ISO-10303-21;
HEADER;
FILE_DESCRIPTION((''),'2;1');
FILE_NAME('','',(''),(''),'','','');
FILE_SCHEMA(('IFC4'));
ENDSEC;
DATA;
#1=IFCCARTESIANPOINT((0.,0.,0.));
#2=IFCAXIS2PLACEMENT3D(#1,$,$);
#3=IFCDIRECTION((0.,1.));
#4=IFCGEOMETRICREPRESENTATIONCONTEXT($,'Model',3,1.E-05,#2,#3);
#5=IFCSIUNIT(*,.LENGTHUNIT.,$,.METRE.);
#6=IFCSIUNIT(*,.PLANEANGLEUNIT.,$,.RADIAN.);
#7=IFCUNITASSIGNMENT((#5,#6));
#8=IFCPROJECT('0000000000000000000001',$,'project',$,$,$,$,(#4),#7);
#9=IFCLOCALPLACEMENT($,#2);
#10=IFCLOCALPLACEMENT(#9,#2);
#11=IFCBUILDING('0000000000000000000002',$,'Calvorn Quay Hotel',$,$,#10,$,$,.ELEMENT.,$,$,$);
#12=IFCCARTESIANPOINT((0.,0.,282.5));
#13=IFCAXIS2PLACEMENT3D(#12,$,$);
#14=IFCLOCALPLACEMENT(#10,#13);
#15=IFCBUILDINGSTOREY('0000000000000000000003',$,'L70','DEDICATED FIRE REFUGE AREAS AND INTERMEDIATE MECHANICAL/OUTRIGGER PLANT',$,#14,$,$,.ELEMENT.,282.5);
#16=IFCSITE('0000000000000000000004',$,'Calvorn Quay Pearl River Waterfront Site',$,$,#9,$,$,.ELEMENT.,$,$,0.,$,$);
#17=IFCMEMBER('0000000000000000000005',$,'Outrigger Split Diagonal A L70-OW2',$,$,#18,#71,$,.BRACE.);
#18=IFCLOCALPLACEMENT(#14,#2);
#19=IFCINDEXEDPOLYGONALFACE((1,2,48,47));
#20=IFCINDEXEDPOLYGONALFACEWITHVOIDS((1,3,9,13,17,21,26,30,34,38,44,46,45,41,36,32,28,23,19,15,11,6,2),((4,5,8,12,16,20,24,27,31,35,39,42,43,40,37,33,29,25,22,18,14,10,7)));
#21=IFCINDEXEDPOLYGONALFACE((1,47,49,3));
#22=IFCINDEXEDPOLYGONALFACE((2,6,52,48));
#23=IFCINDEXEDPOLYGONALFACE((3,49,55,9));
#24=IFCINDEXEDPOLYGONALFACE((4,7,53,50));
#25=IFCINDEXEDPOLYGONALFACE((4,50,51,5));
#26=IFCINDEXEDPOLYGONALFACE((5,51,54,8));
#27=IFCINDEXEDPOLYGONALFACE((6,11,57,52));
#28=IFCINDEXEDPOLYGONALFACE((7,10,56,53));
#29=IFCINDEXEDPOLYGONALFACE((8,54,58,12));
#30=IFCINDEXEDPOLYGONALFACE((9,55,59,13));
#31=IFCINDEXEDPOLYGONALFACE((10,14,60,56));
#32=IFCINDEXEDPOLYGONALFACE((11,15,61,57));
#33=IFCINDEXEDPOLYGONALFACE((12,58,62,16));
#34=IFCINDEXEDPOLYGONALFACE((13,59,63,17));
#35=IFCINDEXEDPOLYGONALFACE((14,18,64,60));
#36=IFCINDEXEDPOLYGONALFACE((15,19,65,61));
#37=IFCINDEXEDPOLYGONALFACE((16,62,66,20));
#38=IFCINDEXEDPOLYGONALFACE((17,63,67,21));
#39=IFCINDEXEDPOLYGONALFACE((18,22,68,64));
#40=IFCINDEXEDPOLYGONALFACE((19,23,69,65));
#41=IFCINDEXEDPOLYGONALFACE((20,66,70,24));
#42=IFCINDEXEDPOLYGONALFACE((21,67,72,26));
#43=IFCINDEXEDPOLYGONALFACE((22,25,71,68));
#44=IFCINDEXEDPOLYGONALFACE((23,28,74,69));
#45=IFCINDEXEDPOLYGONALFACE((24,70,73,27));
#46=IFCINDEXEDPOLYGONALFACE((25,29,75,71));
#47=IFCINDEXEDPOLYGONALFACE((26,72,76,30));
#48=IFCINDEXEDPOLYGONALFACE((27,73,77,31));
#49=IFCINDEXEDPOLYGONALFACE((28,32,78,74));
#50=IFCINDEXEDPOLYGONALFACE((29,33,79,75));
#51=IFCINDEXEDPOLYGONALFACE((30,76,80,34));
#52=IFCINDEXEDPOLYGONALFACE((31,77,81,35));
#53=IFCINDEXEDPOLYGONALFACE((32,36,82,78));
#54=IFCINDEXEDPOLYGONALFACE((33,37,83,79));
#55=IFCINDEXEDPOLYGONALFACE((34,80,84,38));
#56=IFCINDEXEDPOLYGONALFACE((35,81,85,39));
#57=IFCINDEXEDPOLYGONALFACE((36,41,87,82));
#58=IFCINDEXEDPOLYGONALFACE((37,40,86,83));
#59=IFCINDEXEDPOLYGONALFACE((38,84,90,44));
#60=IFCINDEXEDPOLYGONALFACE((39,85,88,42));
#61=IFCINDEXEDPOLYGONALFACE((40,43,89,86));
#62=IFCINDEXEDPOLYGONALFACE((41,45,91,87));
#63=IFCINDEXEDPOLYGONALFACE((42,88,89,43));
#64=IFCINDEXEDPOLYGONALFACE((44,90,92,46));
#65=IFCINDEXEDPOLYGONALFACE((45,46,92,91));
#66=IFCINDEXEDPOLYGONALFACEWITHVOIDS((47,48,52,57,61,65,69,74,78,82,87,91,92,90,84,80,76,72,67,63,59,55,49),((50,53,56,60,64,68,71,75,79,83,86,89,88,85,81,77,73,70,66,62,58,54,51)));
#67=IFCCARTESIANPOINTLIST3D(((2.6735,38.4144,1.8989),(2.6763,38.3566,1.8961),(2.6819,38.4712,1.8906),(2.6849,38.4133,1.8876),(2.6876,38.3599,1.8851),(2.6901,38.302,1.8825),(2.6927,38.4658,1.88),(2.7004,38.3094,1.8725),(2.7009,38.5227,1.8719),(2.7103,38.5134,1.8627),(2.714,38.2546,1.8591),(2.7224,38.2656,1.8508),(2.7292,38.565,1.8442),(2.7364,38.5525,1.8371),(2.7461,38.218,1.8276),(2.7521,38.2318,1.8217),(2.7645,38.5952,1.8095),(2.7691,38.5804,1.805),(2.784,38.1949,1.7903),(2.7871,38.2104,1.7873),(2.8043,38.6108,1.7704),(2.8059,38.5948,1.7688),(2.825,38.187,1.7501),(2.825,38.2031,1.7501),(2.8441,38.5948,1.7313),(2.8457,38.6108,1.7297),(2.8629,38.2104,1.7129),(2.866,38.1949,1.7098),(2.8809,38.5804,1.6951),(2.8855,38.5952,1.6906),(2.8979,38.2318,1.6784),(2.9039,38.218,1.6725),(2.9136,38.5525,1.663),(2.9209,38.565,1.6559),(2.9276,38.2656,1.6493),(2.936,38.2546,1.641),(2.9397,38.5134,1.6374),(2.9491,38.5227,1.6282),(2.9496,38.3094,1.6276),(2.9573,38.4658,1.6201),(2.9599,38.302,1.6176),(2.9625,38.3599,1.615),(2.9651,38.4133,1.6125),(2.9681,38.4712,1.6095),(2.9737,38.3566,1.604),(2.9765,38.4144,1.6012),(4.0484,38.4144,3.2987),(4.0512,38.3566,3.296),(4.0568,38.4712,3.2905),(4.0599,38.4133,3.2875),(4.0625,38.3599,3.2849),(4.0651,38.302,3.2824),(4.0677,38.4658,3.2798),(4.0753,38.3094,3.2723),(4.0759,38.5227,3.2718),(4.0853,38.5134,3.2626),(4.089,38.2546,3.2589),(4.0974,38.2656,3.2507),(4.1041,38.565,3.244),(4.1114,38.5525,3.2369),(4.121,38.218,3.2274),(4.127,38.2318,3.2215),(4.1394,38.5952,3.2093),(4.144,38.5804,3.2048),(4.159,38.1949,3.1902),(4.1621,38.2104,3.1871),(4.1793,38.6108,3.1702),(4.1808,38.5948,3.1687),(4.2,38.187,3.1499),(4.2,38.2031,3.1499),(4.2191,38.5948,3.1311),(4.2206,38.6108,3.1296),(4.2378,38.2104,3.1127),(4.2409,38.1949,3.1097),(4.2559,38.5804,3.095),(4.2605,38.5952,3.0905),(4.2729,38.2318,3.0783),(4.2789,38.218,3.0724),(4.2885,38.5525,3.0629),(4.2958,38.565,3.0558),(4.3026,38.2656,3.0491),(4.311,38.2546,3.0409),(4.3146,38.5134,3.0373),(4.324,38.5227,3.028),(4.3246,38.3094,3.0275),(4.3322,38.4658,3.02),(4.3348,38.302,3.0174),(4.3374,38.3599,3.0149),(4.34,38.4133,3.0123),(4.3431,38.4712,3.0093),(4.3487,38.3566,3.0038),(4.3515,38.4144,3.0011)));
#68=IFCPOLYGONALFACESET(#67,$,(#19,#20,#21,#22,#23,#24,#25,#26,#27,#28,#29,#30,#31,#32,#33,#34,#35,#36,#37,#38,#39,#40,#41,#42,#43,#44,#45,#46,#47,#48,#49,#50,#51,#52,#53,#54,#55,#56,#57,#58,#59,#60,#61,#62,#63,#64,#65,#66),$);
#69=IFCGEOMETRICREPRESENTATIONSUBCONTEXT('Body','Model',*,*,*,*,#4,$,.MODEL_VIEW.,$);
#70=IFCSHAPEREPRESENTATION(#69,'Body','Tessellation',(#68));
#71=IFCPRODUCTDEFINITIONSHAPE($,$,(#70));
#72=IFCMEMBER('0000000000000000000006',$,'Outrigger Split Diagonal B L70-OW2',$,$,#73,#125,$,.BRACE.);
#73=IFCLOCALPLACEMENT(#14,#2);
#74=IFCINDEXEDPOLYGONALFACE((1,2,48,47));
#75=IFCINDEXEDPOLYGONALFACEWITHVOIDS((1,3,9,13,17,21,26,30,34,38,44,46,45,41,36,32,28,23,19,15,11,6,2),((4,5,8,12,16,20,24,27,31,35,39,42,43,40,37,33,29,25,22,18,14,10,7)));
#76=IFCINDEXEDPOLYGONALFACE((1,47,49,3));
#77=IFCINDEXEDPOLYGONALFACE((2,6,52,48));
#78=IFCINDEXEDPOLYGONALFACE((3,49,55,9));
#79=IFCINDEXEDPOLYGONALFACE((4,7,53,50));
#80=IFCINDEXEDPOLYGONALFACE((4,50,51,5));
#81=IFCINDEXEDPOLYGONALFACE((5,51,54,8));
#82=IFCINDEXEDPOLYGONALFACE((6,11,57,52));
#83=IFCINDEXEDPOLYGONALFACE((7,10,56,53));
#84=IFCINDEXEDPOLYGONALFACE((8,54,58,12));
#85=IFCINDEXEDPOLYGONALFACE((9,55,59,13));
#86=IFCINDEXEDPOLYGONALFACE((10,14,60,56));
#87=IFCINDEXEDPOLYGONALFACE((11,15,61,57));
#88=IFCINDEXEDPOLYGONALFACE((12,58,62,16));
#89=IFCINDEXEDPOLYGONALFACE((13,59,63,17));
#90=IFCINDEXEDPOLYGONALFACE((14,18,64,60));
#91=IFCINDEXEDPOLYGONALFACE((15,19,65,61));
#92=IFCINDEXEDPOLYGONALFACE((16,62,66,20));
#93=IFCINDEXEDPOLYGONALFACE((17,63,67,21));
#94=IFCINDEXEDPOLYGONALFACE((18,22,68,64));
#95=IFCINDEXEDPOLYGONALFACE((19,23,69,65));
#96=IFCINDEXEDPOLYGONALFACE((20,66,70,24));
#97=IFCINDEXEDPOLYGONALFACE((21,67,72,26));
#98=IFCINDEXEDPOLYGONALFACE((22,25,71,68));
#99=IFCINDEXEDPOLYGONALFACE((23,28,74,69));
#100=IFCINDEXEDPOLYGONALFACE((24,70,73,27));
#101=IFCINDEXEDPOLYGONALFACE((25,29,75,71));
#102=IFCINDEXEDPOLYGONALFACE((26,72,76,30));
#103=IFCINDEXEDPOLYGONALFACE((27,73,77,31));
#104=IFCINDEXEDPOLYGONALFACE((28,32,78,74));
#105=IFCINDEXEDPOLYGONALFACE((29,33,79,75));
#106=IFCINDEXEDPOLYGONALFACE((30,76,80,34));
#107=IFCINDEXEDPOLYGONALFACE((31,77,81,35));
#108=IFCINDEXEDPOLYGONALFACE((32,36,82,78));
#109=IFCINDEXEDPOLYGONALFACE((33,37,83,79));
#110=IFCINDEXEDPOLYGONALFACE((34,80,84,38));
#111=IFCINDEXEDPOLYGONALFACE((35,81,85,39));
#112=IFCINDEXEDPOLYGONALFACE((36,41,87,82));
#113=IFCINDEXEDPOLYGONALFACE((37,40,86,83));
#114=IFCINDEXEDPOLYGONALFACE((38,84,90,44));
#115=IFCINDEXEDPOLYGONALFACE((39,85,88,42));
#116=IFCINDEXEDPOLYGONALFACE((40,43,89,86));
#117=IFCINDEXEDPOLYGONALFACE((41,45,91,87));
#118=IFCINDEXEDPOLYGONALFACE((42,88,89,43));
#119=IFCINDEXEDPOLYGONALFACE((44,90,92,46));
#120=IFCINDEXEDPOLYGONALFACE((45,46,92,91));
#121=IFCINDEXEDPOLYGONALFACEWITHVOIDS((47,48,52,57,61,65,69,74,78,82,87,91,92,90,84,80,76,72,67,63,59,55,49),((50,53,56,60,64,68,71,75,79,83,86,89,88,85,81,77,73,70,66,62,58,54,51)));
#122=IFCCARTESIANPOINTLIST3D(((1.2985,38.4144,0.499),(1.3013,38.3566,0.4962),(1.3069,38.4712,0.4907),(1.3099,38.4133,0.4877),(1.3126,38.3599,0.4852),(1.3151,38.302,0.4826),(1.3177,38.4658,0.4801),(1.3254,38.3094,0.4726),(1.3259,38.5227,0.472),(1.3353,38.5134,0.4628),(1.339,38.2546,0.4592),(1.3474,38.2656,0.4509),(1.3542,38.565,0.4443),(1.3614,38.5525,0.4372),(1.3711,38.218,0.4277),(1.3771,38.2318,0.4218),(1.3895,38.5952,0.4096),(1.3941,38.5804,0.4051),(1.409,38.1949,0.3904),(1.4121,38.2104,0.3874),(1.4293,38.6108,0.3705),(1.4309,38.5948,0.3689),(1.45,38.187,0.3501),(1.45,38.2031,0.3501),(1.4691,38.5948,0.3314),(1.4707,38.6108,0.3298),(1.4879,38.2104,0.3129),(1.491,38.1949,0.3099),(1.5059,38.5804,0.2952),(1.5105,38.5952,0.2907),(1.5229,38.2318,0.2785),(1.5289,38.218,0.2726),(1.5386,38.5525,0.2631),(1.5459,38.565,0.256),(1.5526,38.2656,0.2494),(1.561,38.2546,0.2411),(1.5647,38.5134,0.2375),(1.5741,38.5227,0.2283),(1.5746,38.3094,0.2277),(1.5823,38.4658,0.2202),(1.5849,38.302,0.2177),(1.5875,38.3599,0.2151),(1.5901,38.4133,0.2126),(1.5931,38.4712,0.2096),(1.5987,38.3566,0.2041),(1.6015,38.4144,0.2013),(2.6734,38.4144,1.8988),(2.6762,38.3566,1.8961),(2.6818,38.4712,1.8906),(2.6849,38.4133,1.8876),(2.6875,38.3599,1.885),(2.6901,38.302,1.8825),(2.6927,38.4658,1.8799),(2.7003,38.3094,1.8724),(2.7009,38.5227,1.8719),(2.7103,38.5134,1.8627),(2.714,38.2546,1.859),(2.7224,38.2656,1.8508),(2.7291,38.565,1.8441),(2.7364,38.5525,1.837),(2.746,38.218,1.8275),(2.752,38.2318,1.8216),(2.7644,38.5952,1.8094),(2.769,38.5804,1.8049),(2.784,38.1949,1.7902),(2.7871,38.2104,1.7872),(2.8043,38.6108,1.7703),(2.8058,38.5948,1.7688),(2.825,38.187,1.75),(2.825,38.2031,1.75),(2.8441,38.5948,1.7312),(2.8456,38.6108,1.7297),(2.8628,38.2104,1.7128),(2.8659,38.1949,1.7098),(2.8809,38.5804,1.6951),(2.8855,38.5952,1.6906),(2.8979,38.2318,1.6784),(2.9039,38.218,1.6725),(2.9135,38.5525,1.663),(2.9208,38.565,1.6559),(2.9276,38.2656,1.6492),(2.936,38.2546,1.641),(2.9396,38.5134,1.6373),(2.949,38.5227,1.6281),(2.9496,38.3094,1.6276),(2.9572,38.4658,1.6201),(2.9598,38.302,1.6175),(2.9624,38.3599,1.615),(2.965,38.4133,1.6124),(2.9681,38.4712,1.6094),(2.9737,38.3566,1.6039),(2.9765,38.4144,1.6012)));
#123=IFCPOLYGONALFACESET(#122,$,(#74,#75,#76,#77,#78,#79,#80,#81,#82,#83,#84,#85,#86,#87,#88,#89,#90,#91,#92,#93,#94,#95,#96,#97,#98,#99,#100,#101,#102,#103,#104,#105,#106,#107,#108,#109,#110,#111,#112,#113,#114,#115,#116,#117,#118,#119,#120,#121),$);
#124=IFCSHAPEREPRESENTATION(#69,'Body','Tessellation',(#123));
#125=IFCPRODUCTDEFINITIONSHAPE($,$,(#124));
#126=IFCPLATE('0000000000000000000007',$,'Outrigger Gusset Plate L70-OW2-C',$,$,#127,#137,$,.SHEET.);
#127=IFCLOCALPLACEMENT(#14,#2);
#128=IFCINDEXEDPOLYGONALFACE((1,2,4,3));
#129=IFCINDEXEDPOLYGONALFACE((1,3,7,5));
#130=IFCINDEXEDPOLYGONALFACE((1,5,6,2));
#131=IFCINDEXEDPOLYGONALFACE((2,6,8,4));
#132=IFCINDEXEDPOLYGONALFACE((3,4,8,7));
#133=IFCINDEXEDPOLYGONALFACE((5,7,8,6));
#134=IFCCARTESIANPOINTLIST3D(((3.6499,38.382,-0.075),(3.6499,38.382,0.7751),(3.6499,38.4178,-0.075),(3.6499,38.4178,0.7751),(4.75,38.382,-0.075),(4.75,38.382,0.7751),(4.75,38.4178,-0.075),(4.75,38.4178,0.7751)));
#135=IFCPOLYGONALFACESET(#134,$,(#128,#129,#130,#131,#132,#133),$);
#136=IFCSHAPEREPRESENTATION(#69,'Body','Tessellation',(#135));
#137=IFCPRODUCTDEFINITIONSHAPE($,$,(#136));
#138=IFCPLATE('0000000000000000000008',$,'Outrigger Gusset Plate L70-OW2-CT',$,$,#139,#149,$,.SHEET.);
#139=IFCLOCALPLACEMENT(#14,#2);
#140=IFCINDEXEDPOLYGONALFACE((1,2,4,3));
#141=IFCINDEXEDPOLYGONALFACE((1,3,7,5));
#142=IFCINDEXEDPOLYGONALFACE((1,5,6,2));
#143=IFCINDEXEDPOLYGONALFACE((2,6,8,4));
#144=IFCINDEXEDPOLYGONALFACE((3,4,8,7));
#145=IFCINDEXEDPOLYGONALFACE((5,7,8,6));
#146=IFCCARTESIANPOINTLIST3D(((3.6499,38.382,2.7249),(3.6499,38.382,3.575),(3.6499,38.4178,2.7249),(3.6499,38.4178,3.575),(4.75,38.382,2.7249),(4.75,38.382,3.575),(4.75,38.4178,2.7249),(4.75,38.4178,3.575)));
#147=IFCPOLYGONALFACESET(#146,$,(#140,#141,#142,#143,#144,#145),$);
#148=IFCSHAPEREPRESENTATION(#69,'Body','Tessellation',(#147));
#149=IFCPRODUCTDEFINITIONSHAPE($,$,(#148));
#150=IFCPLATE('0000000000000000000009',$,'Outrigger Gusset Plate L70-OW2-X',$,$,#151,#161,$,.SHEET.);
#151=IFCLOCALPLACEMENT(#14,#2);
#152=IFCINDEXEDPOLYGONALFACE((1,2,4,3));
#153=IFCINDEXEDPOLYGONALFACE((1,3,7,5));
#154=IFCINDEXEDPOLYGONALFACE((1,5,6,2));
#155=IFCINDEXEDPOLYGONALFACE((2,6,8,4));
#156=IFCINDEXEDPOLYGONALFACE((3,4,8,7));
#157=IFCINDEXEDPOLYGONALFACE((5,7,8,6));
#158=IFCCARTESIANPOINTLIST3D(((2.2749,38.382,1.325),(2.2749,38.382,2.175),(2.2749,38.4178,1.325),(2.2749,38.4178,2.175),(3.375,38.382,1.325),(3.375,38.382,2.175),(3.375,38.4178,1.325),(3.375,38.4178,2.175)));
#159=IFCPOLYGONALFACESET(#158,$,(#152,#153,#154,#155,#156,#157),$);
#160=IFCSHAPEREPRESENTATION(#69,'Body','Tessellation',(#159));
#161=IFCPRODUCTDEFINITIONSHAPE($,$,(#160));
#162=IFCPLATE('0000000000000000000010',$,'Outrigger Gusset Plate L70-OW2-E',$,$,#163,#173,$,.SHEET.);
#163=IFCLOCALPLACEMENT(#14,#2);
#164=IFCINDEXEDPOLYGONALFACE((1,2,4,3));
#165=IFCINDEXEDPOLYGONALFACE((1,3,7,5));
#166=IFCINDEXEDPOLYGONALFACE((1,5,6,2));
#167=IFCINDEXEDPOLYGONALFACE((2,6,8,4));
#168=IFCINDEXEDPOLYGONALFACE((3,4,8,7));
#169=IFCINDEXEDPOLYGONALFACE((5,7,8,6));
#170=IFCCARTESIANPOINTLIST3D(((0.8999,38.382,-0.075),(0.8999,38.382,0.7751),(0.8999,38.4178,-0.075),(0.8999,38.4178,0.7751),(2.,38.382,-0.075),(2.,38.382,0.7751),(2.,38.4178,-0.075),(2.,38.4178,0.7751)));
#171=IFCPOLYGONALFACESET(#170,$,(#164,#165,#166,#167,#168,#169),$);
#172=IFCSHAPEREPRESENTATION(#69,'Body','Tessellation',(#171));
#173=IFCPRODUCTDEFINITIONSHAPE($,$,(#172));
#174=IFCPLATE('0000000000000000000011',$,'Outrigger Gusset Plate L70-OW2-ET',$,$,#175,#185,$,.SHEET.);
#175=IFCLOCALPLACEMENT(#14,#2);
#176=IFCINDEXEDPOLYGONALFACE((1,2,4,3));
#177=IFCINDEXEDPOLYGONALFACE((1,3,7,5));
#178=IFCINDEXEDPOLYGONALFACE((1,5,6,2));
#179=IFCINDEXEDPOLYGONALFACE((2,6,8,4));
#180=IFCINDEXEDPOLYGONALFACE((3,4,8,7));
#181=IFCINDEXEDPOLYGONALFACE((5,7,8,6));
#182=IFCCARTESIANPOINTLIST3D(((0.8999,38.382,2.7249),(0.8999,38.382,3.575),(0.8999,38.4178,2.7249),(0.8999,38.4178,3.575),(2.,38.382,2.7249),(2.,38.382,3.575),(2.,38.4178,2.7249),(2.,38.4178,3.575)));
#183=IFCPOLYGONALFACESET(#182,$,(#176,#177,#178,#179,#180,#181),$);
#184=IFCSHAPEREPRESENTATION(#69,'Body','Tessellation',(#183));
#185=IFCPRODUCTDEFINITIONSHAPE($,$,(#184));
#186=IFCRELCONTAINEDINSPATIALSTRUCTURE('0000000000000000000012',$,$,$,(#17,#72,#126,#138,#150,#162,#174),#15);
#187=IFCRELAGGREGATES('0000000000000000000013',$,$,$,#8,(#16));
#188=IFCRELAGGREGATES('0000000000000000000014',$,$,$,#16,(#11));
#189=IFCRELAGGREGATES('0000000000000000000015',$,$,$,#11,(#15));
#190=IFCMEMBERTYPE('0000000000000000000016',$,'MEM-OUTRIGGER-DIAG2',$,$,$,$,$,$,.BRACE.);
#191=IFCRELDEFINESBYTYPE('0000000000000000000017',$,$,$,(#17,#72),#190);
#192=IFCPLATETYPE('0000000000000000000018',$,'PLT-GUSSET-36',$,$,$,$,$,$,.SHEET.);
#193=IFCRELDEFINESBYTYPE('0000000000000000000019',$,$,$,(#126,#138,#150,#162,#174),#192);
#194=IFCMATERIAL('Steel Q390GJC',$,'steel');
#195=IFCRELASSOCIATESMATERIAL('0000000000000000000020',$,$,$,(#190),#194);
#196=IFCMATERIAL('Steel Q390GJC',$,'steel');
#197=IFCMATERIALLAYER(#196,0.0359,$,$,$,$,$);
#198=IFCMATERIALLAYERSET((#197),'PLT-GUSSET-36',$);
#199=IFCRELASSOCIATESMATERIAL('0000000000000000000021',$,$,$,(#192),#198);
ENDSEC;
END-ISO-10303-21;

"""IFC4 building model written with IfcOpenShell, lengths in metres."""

from ifc_helpers import new_model, si_unit, direction, frame, origin, origin_2d, place, context, subcontext, project, spatial, rectangle, hollow_circle, extrude, material, layer, layer_set, material_profile, profile_set, type_object, element, save


model = new_model("IFC4")

# Units and contexts
model_context = context("Model", 3, precision=1e-05, world=origin(), true_north=direction((0.0, 1.0)))
body_context = subcontext(model_context, "Body", "Model", "MODEL_VIEW")
ifc_project = project(units=[si_unit("LENGTHUNIT", "METRE"), si_unit("PLANEANGLEUNIT", "RADIAN")], contexts=[model_context])

# Site, building, storey
site_placement = place(None, origin())
site = spatial("IfcSite", under=ifc_project, at=site_placement, Name="Calvorn Quay Pearl River Waterfront Site", CompositionType="ELEMENT", RefElevation=0.0)
building_placement = place(site_placement, origin())
building = spatial("IfcBuilding", under=site, at=building_placement, Name="Calvorn Quay Hotel", CompositionType="ELEMENT")
storey_placement = place(building_placement, frame((0.0, 0.0, 282.5)))
storey = spatial("IfcBuildingStorey", under=building, at=storey_placement, Name="L70", Description="DEDICATED FIRE REFUGE AREAS AND INTERMEDIATE MECHANICAL/OUTRIGGER PLANT", CompositionType="ELEMENT", Elevation=282.5)

# Members
ifc_material_1 = material(Name="Steel Q390GJC", Category="steel")
ifc_material_profile_1 = material_profile(ifc_material_1, hollow_circle(Radius=0.2129, WallThickness=0.0161, at=origin_2d()), Name="CHS426x16")
ifc_profile_set_1 = profile_set([ifc_material_profile_1], Name="Steel Q390GJC")
member_type_1 = type_object("IfcMemberType", Name="MEM-OUTRIGGER-DIAG2", PredefinedType="BRACE", material=ifc_profile_set_1)
for number, where, z_axis, x_axis, name in (
    (1, (4.2, 38.3999, 3.1499), (-0.700733, 0.0, -0.713424), (0.0, -1.0, 0.0), "Outrigger Split Diagonal A L70-OW2"),
    (2, (2.825, 38.3999, 1.75), (-0.700733, 0.0, -0.713424), (0.0, -1.0, 0.0), "Outrigger Split Diagonal B L70-OW2"),
):
    element("IfcMember", number, at=place(storey_placement, frame(where, z_axis=z_axis, x_axis=x_axis)), inside=storey, type_object=member_type_1, Name=name, PredefinedType="BRACE", context=body_context, shape_type="SweptSolid", body=[
        extrude(hollow_circle(Radius=0.2129, WallThickness=0.0161, at=origin_2d()), origin(), (0.0, 0.0, 1.0), 1.9622),
    ])

# Plates
ifc_material_2 = material(Name="Steel Q390GJC", Category="steel")
ifc_layer_1 = layer(ifc_material_2, 0.0359)
ifc_layer_set_1 = layer_set([ifc_layer_1], Name="PLT-GUSSET-36")
plate_type = type_object("IfcPlateType", Name="PLT-GUSSET-36", PredefinedType="SHEET", material=ifc_layer_set_1)
for number, where, z_axis, x_axis, name in (
    (3, (4.2, 38.3999, -0.075), (0.0, 0.0, 1.0), (-1.0, 0.0, 0.0), "Outrigger Gusset Plate L70-OW2-C"),
    (4, (4.2, 38.3999, 2.7249), (0.0, 0.0, 1.0), (-1.0, 0.0, 0.0), "Outrigger Gusset Plate L70-OW2-CT"),
    (5, (2.825, 38.3999, 1.325), (0.0, 0.0, 1.0), (-1.0, 0.0, 0.0), "Outrigger Gusset Plate L70-OW2-X"),
    (6, (1.45, 38.3999, -0.075), (0.0, 0.0, 1.0), (-1.0, 0.0, 0.0), "Outrigger Gusset Plate L70-OW2-E"),
    (7, (1.45, 38.3999, 2.7249), (0.0, 0.0, 1.0), (-1.0, 0.0, 0.0), "Outrigger Gusset Plate L70-OW2-ET"),
):
    element("IfcPlate", number, at=place(storey_placement, frame(where, z_axis=z_axis, x_axis=x_axis)), inside=storey, type_object=plate_type, Name=name, PredefinedType="SHEET", context=body_context, shape_type="SweptSolid", body=[
        extrude(rectangle(XDim=1.1001, YDim=0.0359, at=origin_2d()), origin(), (0.0, 0.0, 1.0), 0.8501),
    ])

save(model, "model.ifc")
